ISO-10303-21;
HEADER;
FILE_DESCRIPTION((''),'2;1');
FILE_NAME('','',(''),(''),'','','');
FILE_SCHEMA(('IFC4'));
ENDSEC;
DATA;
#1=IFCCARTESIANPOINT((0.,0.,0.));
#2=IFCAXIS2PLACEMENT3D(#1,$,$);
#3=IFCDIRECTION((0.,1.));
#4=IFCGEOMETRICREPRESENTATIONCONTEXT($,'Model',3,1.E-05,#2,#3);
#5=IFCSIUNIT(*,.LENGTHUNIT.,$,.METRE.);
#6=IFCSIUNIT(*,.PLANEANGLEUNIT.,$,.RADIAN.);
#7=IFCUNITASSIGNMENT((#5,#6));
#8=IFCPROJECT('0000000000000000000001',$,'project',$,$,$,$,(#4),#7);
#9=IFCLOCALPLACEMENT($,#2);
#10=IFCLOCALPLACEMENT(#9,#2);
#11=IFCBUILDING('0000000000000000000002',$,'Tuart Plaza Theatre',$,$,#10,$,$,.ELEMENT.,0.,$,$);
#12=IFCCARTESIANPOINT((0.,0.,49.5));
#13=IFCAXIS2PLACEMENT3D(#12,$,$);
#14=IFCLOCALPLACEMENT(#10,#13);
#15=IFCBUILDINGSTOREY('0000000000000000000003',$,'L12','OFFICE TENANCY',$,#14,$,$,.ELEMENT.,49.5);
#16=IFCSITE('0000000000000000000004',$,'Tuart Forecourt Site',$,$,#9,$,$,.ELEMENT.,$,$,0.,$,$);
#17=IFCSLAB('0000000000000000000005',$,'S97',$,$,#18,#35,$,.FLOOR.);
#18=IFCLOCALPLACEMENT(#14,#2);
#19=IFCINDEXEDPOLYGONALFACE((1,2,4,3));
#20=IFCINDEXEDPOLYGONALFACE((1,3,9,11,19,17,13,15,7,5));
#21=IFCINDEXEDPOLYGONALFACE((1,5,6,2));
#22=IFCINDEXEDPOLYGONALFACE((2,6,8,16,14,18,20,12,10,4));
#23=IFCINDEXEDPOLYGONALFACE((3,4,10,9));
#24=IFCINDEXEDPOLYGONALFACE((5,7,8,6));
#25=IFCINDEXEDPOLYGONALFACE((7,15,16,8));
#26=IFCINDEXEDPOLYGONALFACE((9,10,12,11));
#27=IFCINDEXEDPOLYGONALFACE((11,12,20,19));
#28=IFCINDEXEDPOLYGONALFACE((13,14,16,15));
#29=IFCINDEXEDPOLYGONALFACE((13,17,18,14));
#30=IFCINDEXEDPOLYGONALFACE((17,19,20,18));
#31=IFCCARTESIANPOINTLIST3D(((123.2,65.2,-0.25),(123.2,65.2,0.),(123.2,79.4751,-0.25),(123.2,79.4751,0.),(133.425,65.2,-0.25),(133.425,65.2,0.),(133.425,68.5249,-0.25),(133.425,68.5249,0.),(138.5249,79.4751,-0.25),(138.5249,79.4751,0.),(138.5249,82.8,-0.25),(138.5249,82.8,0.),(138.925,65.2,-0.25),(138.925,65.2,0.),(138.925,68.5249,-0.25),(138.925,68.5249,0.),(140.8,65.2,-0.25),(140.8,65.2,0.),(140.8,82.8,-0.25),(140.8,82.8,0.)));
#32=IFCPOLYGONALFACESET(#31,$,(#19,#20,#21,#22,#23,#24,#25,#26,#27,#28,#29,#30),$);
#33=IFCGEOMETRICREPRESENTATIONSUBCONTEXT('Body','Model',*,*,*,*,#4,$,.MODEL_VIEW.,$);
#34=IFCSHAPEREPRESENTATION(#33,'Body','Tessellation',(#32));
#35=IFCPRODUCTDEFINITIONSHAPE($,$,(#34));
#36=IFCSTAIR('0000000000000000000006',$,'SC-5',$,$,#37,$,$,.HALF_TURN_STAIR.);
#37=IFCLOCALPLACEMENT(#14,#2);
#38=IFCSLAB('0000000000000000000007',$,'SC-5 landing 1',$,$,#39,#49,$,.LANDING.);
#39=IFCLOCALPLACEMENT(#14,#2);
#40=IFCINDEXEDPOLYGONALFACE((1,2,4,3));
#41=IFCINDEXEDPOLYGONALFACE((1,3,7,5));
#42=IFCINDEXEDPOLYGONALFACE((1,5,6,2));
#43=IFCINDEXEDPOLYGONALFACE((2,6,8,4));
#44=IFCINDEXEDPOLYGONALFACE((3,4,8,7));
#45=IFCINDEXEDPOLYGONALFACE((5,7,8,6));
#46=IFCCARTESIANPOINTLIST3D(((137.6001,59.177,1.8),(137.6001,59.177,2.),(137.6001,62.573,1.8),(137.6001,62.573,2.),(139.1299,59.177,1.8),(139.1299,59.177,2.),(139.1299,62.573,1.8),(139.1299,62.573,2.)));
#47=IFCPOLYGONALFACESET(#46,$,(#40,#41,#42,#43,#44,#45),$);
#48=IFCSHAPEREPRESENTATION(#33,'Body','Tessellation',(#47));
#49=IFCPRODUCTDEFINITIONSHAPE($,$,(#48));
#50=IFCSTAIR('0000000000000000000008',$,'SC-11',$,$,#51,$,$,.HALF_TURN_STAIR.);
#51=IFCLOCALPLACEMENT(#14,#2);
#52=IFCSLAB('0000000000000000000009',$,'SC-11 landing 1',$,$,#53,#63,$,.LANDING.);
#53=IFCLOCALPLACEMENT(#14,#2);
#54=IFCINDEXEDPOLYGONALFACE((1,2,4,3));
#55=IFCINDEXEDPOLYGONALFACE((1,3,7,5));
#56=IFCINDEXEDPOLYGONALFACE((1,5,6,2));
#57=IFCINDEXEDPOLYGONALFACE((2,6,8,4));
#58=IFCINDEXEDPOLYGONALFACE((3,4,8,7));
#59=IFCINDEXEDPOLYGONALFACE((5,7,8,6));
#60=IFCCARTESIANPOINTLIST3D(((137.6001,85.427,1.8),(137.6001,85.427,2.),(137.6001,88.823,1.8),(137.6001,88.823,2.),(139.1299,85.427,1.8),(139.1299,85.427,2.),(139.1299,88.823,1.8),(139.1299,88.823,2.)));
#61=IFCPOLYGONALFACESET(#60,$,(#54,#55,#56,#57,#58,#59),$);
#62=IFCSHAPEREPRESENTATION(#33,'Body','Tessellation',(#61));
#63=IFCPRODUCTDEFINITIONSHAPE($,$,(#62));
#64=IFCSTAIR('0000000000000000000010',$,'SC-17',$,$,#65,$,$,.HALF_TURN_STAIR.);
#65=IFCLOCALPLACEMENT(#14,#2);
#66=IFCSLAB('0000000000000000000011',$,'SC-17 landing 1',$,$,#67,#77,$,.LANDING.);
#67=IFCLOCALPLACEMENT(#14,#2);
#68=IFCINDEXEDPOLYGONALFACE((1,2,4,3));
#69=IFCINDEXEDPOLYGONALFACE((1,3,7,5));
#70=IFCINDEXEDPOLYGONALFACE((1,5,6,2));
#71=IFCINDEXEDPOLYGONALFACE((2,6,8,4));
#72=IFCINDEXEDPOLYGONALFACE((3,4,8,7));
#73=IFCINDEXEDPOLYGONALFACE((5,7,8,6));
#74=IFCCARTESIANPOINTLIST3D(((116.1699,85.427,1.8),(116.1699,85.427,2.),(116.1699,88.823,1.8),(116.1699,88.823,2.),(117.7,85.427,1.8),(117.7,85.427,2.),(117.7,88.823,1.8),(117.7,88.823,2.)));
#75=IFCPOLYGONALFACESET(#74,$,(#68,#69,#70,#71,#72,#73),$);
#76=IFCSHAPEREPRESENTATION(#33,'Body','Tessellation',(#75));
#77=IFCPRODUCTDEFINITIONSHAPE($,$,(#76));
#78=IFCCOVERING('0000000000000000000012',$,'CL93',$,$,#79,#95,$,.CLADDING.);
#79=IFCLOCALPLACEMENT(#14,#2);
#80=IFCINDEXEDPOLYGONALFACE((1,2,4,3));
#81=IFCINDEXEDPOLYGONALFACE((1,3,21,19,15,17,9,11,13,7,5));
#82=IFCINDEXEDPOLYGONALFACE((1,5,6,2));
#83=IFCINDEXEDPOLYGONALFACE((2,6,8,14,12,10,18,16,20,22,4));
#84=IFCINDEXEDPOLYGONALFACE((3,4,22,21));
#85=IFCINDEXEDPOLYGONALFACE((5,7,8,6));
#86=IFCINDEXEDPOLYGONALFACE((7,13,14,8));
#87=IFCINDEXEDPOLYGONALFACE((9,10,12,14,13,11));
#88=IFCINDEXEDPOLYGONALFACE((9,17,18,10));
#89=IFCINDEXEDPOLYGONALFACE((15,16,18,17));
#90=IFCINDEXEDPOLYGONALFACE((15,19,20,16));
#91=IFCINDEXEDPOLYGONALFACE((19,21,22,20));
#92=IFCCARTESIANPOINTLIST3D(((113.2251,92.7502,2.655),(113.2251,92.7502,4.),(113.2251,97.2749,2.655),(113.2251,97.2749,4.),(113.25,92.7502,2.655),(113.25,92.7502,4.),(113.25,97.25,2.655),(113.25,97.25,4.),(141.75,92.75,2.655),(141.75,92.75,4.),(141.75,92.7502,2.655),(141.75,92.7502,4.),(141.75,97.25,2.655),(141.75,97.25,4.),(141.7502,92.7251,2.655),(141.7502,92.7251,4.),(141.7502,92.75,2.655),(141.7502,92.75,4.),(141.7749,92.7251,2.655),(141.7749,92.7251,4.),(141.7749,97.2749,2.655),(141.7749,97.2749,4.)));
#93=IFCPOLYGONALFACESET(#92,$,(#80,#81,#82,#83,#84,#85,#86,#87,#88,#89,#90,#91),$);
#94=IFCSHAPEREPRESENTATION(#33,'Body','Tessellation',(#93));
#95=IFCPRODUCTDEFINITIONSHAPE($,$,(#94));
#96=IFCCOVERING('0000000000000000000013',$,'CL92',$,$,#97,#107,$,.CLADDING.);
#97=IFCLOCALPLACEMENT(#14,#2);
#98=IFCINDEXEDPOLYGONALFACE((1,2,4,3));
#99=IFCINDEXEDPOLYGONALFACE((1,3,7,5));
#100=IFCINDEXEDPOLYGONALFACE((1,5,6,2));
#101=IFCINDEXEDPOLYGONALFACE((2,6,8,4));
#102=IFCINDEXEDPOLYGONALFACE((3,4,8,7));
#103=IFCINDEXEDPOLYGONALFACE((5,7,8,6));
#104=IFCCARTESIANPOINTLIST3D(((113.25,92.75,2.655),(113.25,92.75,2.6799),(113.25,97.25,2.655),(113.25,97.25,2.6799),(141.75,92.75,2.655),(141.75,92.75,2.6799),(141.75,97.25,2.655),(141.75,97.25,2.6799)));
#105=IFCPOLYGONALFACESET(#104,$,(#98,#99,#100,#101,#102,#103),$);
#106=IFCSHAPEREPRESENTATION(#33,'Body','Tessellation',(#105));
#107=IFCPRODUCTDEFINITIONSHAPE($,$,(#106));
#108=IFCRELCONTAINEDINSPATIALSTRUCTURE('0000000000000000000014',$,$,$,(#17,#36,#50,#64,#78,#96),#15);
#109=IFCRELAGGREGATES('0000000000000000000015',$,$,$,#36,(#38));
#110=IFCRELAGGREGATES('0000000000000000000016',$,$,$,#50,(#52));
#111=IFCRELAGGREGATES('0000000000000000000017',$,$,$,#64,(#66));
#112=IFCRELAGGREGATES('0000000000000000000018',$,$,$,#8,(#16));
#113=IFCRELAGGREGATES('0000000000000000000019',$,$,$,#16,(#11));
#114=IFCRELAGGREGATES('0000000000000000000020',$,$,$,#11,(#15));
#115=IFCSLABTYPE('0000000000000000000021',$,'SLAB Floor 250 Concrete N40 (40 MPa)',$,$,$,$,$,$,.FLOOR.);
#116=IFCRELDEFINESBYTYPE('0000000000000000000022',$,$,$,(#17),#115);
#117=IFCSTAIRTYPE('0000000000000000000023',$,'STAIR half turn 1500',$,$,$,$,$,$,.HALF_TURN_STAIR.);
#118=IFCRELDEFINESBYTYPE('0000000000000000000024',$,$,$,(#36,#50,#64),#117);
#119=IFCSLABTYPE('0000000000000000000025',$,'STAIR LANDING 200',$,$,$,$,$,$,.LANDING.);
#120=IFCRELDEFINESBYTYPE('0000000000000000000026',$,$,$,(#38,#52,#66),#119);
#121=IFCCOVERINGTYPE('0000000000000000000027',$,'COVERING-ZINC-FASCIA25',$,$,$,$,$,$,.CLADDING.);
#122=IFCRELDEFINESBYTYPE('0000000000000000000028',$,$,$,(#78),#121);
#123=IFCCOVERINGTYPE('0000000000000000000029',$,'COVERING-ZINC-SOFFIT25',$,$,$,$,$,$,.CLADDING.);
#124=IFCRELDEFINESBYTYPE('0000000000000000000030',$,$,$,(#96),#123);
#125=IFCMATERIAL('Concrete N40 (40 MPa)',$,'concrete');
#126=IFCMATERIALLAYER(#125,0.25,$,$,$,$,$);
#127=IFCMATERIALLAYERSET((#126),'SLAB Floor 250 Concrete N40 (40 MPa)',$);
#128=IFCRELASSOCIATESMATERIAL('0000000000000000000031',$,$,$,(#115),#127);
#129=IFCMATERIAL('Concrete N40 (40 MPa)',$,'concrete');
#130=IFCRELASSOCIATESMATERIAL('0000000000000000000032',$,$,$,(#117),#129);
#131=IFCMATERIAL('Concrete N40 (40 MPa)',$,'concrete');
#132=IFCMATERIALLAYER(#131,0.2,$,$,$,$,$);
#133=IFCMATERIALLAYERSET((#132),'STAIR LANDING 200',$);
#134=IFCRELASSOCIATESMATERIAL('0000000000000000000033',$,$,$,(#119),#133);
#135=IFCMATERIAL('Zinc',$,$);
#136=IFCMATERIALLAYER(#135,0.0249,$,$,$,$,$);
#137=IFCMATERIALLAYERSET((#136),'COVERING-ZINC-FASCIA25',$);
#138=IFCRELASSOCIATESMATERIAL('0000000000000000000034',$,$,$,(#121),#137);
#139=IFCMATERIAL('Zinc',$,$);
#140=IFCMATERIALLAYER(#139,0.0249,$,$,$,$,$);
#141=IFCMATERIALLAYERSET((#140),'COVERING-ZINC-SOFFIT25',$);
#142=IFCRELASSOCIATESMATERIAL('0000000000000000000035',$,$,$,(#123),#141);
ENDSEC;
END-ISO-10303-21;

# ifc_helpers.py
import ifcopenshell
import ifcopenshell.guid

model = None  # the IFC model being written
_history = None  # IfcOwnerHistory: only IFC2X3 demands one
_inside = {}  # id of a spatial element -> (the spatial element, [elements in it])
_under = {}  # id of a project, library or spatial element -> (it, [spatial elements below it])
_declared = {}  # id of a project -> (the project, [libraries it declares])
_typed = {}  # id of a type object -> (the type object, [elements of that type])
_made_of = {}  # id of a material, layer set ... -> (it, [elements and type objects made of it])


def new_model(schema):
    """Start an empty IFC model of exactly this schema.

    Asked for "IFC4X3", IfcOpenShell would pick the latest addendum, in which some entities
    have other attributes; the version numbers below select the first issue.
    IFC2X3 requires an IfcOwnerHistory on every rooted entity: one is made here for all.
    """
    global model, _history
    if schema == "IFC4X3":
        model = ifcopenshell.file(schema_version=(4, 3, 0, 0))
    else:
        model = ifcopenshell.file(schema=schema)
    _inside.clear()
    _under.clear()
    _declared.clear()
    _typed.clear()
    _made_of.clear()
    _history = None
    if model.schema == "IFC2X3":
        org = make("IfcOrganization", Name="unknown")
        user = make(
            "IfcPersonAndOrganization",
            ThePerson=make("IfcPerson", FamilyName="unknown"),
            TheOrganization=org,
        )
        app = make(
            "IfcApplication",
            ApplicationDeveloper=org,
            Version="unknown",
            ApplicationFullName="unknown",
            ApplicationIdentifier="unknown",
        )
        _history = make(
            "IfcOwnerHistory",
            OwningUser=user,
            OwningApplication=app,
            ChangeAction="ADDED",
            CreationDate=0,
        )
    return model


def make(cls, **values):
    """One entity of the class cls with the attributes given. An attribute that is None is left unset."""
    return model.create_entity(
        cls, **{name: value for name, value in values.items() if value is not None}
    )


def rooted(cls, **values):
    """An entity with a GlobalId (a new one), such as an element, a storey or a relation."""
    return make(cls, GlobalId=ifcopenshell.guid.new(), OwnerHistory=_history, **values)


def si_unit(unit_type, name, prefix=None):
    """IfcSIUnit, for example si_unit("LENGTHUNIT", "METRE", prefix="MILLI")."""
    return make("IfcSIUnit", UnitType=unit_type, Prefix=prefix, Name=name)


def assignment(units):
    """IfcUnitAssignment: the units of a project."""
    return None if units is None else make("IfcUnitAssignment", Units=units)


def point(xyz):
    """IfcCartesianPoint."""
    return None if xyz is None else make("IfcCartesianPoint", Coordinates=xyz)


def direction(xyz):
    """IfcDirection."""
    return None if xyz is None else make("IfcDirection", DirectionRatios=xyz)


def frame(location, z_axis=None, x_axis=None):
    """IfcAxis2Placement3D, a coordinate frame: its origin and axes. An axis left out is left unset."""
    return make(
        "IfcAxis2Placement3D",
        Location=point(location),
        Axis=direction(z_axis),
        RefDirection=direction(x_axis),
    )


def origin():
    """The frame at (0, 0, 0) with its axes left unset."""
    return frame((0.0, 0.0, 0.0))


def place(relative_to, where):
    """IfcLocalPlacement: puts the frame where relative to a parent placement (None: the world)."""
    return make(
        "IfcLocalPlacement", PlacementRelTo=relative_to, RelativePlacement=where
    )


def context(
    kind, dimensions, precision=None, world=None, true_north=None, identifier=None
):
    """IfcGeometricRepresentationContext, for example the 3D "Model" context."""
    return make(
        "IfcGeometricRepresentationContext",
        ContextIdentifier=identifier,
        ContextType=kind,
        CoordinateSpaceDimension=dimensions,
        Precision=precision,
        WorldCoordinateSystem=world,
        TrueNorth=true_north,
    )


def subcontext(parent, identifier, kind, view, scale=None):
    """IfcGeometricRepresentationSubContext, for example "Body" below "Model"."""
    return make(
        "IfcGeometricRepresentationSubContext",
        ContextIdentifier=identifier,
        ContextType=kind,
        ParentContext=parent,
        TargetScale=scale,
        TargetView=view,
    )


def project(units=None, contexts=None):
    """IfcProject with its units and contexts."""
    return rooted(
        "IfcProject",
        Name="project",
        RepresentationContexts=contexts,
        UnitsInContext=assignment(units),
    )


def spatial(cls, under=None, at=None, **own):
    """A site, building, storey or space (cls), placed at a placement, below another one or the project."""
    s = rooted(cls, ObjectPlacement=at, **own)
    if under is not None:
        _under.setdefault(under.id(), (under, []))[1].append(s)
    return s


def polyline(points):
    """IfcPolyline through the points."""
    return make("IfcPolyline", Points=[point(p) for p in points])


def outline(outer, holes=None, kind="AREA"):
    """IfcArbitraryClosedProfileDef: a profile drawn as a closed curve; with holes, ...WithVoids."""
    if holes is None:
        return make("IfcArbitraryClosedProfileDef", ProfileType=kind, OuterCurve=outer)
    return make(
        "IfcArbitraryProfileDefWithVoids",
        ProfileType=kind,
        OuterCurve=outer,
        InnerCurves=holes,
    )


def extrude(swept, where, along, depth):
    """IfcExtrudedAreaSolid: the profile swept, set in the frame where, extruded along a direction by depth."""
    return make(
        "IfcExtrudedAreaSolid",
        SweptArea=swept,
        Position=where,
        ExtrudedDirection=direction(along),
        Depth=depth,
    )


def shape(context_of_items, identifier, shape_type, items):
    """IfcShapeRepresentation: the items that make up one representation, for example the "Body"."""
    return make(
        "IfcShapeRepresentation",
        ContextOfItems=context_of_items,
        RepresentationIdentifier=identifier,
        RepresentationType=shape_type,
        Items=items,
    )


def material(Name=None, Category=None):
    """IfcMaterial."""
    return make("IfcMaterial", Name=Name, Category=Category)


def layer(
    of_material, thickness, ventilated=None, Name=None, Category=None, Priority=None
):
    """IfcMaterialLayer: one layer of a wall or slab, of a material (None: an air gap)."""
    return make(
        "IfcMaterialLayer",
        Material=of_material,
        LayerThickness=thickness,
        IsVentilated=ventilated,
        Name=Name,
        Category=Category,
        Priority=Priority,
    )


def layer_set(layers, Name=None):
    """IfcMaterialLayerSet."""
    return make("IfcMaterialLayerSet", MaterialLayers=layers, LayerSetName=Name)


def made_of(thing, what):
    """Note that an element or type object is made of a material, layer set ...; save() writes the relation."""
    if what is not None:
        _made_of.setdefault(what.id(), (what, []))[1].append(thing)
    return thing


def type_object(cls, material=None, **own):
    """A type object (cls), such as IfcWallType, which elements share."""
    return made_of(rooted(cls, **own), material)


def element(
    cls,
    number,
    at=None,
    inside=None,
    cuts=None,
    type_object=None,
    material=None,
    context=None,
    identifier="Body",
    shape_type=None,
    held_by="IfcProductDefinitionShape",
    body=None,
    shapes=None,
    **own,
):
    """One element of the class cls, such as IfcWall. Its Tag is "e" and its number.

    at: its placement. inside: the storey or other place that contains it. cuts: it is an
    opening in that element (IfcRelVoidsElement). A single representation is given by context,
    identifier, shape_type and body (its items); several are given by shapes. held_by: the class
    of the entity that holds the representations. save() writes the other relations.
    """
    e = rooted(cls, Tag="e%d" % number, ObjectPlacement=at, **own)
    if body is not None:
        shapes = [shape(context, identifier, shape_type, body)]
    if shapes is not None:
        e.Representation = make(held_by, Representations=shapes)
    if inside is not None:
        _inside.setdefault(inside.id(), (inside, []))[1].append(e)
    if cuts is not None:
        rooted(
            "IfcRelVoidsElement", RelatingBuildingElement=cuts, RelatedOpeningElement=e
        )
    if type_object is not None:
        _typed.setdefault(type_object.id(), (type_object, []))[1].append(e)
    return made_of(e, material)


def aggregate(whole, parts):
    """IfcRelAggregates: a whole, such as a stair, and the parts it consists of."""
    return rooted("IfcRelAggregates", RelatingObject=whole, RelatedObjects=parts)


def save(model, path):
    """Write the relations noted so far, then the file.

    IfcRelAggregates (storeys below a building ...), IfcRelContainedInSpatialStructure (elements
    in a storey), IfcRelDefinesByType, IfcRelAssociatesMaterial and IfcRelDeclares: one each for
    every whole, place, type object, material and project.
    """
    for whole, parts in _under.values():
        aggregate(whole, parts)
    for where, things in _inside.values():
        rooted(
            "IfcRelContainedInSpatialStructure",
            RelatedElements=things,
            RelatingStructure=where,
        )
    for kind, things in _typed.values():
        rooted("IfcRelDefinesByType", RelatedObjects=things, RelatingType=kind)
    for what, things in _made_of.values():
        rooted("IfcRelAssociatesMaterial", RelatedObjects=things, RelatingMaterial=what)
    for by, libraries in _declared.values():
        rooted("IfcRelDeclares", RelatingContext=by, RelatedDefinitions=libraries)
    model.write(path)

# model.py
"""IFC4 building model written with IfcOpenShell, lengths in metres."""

from ifc_helpers import new_model, si_unit, direction, frame, origin, place, context, subcontext, project, spatial, polyline, outline, extrude, material, layer, layer_set, type_object, element, aggregate, save


model = new_model("IFC4")

# Units and contexts
model_context = context("Model", 3, precision=1e-05, world=origin(), true_north=direction((0.0, 1.0)))
body_context = subcontext(model_context, "Body", "Model", "MODEL_VIEW")
ifc_project = project(units=[si_unit("LENGTHUNIT", "METRE"), si_unit("PLANEANGLEUNIT", "RADIAN")], contexts=[model_context])

# Site, building, storey
site_placement = place(None, origin())
site = spatial("IfcSite", under=ifc_project, at=site_placement, Name="Tuart Forecourt Site", CompositionType="ELEMENT", RefElevation=0.0)
building_placement = place(site_placement, origin())
building = spatial("IfcBuilding", under=site, at=building_placement, Name="Tuart Plaza Theatre", CompositionType="ELEMENT", ElevationOfRefHeight=0.0)
storey_placement = place(building_placement, frame((0.0, 0.0, 49.5)))
storey = spatial("IfcBuildingStorey", under=building, at=storey_placement, Name="L12", Description="OFFICE TENANCY", CompositionType="ELEMENT", Elevation=49.5)

# Slab
ifc_material_1 = material(Name="Concrete N40 (40 MPa)", Category="concrete")
ifc_layer_1 = layer(ifc_material_1, 0.25)
ifc_layer_set_1 = layer_set([ifc_layer_1], Name="SLAB Floor 250 Concrete N40 (40 MPa)")
slab_type_1 = type_object("IfcSlabType", Name="SLAB Floor 250 Concrete N40 (40 MPa)", PredefinedType="FLOOR", material=ifc_layer_set_1)
slab_1_placement = place(storey_placement, frame((0.0, 0.0, -0.25)))
element("IfcSlab", 1, at=slab_1_placement, inside=storey, type_object=slab_type_1, Name="S97", PredefinedType="FLOOR", context=body_context, shape_type="SweptSolid", body=[
    extrude(outline(polyline([(123.2, 65.2), (133.425, 65.2), (133.425, 68.5249), (138.925, 68.5249), (138.925, 65.2), (140.8, 65.2), (140.8, 82.8), (138.5249, 82.8), (138.5249, 79.4751), (123.2, 79.4751), (123.2, 65.2)])), origin(), (0.0, 0.0, 1.0), 0.25),
])

# Stairs, slabs
ifc_material_2 = material(Name="Concrete N40 (40 MPa)", Category="concrete")
stair_type = type_object("IfcStairType", Name="STAIR half turn 1500", PredefinedType="HALF_TURN_STAIR", material=ifc_material_2)
stair_1_placement = place(storey_placement, origin())
stair_1 = element("IfcStair", 2, at=stair_1_placement, inside=storey, type_object=stair_type, Name="SC-5", PredefinedType="HALF_TURN_STAIR")
ifc_material_3 = material(Name="Concrete N40 (40 MPa)", Category="concrete")
ifc_layer_2 = layer(ifc_material_3, 0.2)
ifc_layer_set_2 = layer_set([ifc_layer_2], Name="STAIR LANDING 200")
slab_type_2 = type_object("IfcSlabType", Name="STAIR LANDING 200", PredefinedType="LANDING", material=ifc_layer_set_2)
slab_2_placement = place(storey_placement, frame((0.0, 0.0, 1.8)))
slab_2 = element("IfcSlab", 3, at=slab_2_placement, type_object=slab_type_2, Name="SC-5 landing 1", PredefinedType="LANDING", context=body_context, shape_type="SweptSolid", body=[
    extrude(outline(polyline([(137.6001, 59.177), (139.1299, 59.177), (139.1299, 62.573), (137.6001, 62.573), (137.6001, 59.177)])), origin(), (0.0, 0.0, 1.0), 0.2),
])
aggregate(stair_1, [slab_2])
stair_2_placement = place(storey_placement, origin())
stair_2 = element("IfcStair", 4, at=stair_2_placement, inside=storey, type_object=stair_type, Name="SC-11", PredefinedType="HALF_TURN_STAIR")
slab_3_placement = place(storey_placement, frame((0.0, 0.0, 1.8)))
slab_3 = element("IfcSlab", 5, at=slab_3_placement, type_object=slab_type_2, Name="SC-11 landing 1", PredefinedType="LANDING", context=body_context, shape_type="SweptSolid", body=[
    extrude(outline(polyline([(137.6001, 85.427), (139.1299, 85.427), (139.1299, 88.823), (137.6001, 88.823), (137.6001, 85.427)])), origin(), (0.0, 0.0, 1.0), 0.2),
])
aggregate(stair_2, [slab_3])
stair_3_placement = place(storey_placement, origin())
stair_3 = element("IfcStair", 6, at=stair_3_placement, inside=storey, type_object=stair_type, Name="SC-17", PredefinedType="HALF_TURN_STAIR")
slab_4_placement = place(storey_placement, frame((0.0, 0.0, 1.8)))
slab_4 = element("IfcSlab", 7, at=slab_4_placement, type_object=slab_type_2, Name="SC-17 landing 1", PredefinedType="LANDING", context=body_context, shape_type="SweptSolid", body=[
    extrude(outline(polyline([(117.7, 88.823), (116.1699, 88.823), (116.1699, 85.427), (117.7, 85.427), (117.7, 88.823)])), origin(), (0.0, 0.0, 1.0), 0.2),
])
aggregate(stair_3, [slab_4])

# Coverings
ifc_material_4 = material(Name="Zinc")
ifc_layer_3 = layer(ifc_material_4, 0.0249)
ifc_layer_set_3 = layer_set([ifc_layer_3], Name="COVERING-ZINC-FASCIA25")
covering_type_1 = type_object("IfcCoveringType", Name="COVERING-ZINC-FASCIA25", PredefinedType="CLADDING", material=ifc_layer_set_3)
covering_1_placement = place(storey_placement, frame((0.0, 0.0, 2.655)))
element("IfcCovering", 8, at=covering_1_placement, inside=storey, type_object=covering_type_1, Name="CL93", PredefinedType="CLADDING", context=body_context, shape_type="SweptSolid", body=[
    extrude(outline(polyline([(141.7749, 92.7251), (141.7502, 92.7251), (141.7502, 92.75), (141.7502, 92.75), (141.7502, 92.75), (141.7502, 92.75), (141.75, 92.75), (141.75, 92.7502), (141.75, 92.7502), (141.75, 92.7502), (141.75, 92.7502), (141.75, 97.25), (113.25, 97.25), (113.25, 92.7502), (113.2251, 92.7502), (113.2251, 97.2749), (141.7749, 97.2749), (141.7749, 92.7251)])), origin(), (0.0, 0.0, 1.0), 1.345),
])
ifc_material_5 = material(Name="Zinc")
ifc_layer_4 = layer(ifc_material_5, 0.0249)
ifc_layer_set_4 = layer_set([ifc_layer_4], Name="COVERING-ZINC-SOFFIT25")
covering_type_2 = type_object("IfcCoveringType", Name="COVERING-ZINC-SOFFIT25", PredefinedType="CLADDING", material=ifc_layer_set_4)
covering_2_placement = place(storey_placement, frame((0.0, 0.0, 2.655)))
element("IfcCovering", 9, at=covering_2_placement, inside=storey, type_object=covering_type_2, Name="CL92", PredefinedType="CLADDING", context=body_context, shape_type="SweptSolid", body=[
    extrude(outline(polyline([(113.25, 97.25), (141.75, 97.25), (141.75, 92.75), (113.25, 92.75), (113.25, 97.25)])), origin(), (0.0, 0.0, 1.0), 0.0249),
])

save(model, "model.ifc")
